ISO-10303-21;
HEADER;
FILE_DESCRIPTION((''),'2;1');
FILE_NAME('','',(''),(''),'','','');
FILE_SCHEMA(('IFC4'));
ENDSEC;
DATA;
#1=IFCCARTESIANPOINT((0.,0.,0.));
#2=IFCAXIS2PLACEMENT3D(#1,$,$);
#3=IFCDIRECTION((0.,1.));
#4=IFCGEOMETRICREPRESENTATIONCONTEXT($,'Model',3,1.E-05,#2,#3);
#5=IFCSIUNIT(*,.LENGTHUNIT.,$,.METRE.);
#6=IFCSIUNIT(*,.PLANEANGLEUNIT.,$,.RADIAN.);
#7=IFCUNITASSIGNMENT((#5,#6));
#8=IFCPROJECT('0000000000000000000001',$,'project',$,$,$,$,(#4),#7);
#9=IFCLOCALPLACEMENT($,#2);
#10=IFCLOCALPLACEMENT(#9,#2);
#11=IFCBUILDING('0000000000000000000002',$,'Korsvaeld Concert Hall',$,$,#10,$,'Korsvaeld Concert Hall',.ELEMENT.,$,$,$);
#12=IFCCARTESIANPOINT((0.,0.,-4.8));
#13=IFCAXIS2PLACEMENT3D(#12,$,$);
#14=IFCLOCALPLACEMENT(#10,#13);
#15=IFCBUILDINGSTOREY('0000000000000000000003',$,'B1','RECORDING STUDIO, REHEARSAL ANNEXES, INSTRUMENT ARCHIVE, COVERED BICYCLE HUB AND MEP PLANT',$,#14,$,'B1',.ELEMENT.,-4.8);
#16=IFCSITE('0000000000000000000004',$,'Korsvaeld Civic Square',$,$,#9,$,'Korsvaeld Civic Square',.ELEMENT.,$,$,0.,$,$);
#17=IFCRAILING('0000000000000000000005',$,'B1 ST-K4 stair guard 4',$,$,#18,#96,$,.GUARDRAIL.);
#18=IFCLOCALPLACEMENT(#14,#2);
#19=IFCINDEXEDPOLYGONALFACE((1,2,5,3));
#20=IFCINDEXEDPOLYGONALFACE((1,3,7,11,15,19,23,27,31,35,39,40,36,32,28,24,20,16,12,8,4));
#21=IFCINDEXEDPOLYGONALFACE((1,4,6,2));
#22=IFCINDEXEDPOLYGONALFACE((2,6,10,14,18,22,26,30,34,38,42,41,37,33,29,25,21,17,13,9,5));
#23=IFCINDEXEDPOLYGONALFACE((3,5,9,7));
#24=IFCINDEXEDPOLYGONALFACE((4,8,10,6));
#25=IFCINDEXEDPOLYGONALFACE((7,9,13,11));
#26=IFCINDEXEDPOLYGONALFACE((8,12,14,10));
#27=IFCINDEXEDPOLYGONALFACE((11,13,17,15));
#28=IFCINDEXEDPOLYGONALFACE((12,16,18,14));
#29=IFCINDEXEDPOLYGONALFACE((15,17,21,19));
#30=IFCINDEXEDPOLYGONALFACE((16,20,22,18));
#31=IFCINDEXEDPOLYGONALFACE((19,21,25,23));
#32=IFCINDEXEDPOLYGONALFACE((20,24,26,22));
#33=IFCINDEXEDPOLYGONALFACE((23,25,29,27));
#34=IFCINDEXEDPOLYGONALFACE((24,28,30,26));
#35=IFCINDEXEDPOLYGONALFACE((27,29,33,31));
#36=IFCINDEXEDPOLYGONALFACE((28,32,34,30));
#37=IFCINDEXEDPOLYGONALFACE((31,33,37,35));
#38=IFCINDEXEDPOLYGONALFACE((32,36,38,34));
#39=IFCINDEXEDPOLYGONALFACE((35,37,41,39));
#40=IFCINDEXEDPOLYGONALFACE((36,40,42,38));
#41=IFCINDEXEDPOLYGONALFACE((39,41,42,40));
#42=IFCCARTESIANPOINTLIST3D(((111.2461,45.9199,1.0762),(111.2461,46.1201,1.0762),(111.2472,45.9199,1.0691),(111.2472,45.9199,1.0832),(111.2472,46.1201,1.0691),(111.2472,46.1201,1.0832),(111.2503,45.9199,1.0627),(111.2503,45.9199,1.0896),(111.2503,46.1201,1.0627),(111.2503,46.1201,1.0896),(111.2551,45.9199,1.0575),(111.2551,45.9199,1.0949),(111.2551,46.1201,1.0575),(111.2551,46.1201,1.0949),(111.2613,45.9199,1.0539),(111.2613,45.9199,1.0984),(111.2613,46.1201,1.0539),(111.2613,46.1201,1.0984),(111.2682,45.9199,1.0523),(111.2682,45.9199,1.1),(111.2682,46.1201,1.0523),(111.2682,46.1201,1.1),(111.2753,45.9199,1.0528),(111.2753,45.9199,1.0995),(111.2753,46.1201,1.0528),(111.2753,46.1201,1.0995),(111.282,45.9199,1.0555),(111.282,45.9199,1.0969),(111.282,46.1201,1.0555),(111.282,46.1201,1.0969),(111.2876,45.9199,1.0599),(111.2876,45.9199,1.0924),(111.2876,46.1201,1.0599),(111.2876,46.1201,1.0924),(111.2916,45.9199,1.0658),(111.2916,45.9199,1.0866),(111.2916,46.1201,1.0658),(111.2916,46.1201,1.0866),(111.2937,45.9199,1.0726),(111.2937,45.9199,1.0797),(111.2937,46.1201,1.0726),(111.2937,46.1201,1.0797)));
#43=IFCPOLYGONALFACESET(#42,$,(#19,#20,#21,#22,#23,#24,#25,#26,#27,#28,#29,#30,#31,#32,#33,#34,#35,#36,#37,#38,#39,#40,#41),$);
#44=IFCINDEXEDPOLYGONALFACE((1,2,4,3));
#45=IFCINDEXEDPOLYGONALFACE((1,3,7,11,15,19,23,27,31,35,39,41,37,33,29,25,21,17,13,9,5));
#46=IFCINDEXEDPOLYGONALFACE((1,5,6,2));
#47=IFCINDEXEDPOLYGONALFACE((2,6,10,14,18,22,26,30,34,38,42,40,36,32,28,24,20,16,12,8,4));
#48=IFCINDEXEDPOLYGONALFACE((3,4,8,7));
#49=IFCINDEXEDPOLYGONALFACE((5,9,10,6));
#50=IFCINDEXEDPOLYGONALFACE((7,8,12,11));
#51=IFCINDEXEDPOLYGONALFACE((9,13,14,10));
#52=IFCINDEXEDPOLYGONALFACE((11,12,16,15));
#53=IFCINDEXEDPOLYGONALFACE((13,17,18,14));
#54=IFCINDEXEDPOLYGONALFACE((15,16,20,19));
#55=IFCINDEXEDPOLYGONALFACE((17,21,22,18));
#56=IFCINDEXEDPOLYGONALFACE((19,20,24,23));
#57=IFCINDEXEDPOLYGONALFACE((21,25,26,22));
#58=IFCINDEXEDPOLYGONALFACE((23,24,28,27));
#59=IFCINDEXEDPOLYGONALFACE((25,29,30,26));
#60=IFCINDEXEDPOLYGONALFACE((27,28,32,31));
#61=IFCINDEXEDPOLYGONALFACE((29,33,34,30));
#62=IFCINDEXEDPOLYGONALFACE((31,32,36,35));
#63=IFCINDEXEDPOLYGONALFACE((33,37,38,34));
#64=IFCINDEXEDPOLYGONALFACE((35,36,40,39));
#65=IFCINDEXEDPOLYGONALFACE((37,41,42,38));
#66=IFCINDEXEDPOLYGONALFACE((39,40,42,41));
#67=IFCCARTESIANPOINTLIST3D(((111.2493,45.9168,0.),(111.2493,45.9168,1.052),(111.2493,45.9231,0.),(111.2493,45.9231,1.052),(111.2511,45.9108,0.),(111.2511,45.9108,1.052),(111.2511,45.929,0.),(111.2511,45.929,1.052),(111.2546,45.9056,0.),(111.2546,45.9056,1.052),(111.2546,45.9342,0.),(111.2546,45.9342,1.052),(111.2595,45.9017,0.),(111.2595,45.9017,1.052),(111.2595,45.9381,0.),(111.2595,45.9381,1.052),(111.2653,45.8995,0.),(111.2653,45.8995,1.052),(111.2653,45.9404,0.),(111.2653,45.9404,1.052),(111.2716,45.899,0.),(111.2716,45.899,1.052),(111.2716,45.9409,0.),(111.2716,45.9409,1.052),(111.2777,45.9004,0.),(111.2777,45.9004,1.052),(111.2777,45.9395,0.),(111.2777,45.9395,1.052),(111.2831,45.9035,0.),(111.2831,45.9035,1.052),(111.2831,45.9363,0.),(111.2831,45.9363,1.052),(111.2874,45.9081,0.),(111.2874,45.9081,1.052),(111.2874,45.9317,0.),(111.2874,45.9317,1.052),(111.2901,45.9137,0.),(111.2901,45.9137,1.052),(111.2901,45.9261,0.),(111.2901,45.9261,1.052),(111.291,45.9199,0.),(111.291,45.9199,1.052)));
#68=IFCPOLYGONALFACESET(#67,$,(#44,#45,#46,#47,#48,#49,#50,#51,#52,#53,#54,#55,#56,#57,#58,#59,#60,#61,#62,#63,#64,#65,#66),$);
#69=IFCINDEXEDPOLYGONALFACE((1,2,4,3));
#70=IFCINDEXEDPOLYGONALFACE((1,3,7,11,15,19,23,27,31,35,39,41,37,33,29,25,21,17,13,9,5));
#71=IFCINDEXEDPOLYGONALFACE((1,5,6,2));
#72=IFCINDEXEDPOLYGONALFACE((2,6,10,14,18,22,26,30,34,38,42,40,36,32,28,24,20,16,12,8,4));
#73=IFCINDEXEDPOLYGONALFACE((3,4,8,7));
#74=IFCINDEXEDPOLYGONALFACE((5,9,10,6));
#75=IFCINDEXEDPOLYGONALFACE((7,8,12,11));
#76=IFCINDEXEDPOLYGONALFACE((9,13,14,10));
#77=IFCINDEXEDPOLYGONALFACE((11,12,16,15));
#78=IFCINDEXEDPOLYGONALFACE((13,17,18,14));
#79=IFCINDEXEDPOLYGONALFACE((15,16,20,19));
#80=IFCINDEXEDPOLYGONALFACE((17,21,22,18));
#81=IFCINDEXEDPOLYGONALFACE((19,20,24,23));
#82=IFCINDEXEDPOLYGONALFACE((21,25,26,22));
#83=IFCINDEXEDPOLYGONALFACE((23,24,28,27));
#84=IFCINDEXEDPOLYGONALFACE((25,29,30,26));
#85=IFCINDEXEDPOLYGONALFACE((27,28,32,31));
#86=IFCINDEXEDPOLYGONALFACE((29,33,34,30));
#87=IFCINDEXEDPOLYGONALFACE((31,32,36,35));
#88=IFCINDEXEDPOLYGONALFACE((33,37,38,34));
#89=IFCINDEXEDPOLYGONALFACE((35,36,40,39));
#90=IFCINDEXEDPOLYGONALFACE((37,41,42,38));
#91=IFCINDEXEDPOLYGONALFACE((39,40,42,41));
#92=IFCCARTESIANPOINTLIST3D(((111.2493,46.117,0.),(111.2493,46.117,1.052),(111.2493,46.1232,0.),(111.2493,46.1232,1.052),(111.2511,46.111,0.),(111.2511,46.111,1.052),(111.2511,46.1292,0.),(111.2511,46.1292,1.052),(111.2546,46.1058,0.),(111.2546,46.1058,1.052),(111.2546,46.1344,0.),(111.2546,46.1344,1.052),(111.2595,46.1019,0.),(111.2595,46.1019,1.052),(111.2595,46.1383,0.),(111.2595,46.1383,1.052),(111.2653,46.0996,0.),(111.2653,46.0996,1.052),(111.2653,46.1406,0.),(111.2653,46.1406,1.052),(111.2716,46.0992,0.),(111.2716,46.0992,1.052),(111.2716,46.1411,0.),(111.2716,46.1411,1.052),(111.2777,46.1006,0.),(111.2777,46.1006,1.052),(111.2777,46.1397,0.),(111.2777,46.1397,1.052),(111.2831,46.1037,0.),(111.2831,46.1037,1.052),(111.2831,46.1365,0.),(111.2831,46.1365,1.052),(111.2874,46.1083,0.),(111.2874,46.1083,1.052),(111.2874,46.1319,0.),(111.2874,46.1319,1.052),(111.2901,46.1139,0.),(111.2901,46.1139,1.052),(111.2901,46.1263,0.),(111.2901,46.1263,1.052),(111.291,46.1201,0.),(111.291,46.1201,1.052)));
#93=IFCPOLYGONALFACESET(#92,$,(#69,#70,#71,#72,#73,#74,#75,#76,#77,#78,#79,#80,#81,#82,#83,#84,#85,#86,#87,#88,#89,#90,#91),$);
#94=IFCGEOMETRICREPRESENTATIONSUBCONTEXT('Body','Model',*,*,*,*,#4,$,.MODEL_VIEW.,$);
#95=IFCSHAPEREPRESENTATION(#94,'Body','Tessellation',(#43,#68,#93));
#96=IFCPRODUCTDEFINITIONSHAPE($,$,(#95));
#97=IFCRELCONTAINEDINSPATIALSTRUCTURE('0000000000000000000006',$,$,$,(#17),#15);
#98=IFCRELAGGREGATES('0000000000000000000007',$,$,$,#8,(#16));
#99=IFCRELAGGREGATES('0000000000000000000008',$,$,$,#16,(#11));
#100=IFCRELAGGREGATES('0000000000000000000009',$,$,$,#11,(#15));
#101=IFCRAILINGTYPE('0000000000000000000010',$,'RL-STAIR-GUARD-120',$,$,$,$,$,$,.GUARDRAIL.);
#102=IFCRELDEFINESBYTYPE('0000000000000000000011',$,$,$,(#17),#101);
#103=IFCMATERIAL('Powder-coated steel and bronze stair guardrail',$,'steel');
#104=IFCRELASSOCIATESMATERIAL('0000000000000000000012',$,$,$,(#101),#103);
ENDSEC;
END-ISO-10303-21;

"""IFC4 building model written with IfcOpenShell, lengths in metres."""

from ifc_helpers import new_model, si_unit, direction, frame, origin, origin_2d, place, context, subcontext, project, spatial, circle, extrude, material, type_object, element, save


model = new_model("IFC4")

# Units and contexts
model_context = context("Model", 3, precision=1e-05, world=origin(), true_north=direction((0.0, 1.0)))
body_context = subcontext(model_context, "Body", "Model", "MODEL_VIEW")
ifc_project = project(units=[si_unit("LENGTHUNIT", "METRE"), si_unit("PLANEANGLEUNIT", "RADIAN")], contexts=[model_context])

# Site, building, storey
site_placement = place(None, origin())
site = spatial("IfcSite", under=ifc_project, at=site_placement, Name="Korsvaeld Civic Square", LongName="Korsvaeld Civic Square", CompositionType="ELEMENT", RefElevation=0.0)
building_placement = place(site_placement, origin())
building = spatial("IfcBuilding", under=site, at=building_placement, Name="Korsvaeld Concert Hall", LongName="Korsvaeld Concert Hall", CompositionType="ELEMENT")
storey_placement = place(building_placement, frame((0.0, 0.0, -4.8)))
storey = spatial("IfcBuildingStorey", under=building, at=storey_placement, Name="B1", Description="RECORDING STUDIO, REHEARSAL ANNEXES, INSTRUMENT ARCHIVE, COVERED BICYCLE HUB AND MEP PLANT", LongName="B1", CompositionType="ELEMENT", Elevation=-4.8)

# Railing
ifc_material_1 = material(Name="Powder-coated steel and bronze stair guardrail", Category="steel")
railing_type_1 = type_object("IfcRailingType", Name="RL-STAIR-GUARD-120", PredefinedType="GUARDRAIL", material=ifc_material_1)
railing_1_placement = place(storey_placement, frame((111.27, 45.9199, 0.0)))
element("IfcRailing", 1, at=railing_1_placement, inside=storey, type_object=railing_type_1, Name="B1 ST-K4 stair guard 4", PredefinedType="GUARDRAIL", context=body_context, shape_type="SweptSolid", body=[
    extrude(circle(Radius=0.0239, at=origin_2d()), frame((0.0, 0.0, 1.0762), z_axis=(0.0, 1.0, 0.0), x_axis=(-1.0, 0.0, 0.0)), (0.0, 0.0, 1.0), 0.2002),
    extrude(circle(Radius=0.021, at=origin_2d()), origin(), (0.0, 0.0, 1.0), 1.052),
    extrude(circle(Radius=0.021, at=origin_2d()), frame((0.0, 0.2002, 0.0)), (0.0, 0.0, 1.0), 1.052),
])

save(model, "model.ifc")
